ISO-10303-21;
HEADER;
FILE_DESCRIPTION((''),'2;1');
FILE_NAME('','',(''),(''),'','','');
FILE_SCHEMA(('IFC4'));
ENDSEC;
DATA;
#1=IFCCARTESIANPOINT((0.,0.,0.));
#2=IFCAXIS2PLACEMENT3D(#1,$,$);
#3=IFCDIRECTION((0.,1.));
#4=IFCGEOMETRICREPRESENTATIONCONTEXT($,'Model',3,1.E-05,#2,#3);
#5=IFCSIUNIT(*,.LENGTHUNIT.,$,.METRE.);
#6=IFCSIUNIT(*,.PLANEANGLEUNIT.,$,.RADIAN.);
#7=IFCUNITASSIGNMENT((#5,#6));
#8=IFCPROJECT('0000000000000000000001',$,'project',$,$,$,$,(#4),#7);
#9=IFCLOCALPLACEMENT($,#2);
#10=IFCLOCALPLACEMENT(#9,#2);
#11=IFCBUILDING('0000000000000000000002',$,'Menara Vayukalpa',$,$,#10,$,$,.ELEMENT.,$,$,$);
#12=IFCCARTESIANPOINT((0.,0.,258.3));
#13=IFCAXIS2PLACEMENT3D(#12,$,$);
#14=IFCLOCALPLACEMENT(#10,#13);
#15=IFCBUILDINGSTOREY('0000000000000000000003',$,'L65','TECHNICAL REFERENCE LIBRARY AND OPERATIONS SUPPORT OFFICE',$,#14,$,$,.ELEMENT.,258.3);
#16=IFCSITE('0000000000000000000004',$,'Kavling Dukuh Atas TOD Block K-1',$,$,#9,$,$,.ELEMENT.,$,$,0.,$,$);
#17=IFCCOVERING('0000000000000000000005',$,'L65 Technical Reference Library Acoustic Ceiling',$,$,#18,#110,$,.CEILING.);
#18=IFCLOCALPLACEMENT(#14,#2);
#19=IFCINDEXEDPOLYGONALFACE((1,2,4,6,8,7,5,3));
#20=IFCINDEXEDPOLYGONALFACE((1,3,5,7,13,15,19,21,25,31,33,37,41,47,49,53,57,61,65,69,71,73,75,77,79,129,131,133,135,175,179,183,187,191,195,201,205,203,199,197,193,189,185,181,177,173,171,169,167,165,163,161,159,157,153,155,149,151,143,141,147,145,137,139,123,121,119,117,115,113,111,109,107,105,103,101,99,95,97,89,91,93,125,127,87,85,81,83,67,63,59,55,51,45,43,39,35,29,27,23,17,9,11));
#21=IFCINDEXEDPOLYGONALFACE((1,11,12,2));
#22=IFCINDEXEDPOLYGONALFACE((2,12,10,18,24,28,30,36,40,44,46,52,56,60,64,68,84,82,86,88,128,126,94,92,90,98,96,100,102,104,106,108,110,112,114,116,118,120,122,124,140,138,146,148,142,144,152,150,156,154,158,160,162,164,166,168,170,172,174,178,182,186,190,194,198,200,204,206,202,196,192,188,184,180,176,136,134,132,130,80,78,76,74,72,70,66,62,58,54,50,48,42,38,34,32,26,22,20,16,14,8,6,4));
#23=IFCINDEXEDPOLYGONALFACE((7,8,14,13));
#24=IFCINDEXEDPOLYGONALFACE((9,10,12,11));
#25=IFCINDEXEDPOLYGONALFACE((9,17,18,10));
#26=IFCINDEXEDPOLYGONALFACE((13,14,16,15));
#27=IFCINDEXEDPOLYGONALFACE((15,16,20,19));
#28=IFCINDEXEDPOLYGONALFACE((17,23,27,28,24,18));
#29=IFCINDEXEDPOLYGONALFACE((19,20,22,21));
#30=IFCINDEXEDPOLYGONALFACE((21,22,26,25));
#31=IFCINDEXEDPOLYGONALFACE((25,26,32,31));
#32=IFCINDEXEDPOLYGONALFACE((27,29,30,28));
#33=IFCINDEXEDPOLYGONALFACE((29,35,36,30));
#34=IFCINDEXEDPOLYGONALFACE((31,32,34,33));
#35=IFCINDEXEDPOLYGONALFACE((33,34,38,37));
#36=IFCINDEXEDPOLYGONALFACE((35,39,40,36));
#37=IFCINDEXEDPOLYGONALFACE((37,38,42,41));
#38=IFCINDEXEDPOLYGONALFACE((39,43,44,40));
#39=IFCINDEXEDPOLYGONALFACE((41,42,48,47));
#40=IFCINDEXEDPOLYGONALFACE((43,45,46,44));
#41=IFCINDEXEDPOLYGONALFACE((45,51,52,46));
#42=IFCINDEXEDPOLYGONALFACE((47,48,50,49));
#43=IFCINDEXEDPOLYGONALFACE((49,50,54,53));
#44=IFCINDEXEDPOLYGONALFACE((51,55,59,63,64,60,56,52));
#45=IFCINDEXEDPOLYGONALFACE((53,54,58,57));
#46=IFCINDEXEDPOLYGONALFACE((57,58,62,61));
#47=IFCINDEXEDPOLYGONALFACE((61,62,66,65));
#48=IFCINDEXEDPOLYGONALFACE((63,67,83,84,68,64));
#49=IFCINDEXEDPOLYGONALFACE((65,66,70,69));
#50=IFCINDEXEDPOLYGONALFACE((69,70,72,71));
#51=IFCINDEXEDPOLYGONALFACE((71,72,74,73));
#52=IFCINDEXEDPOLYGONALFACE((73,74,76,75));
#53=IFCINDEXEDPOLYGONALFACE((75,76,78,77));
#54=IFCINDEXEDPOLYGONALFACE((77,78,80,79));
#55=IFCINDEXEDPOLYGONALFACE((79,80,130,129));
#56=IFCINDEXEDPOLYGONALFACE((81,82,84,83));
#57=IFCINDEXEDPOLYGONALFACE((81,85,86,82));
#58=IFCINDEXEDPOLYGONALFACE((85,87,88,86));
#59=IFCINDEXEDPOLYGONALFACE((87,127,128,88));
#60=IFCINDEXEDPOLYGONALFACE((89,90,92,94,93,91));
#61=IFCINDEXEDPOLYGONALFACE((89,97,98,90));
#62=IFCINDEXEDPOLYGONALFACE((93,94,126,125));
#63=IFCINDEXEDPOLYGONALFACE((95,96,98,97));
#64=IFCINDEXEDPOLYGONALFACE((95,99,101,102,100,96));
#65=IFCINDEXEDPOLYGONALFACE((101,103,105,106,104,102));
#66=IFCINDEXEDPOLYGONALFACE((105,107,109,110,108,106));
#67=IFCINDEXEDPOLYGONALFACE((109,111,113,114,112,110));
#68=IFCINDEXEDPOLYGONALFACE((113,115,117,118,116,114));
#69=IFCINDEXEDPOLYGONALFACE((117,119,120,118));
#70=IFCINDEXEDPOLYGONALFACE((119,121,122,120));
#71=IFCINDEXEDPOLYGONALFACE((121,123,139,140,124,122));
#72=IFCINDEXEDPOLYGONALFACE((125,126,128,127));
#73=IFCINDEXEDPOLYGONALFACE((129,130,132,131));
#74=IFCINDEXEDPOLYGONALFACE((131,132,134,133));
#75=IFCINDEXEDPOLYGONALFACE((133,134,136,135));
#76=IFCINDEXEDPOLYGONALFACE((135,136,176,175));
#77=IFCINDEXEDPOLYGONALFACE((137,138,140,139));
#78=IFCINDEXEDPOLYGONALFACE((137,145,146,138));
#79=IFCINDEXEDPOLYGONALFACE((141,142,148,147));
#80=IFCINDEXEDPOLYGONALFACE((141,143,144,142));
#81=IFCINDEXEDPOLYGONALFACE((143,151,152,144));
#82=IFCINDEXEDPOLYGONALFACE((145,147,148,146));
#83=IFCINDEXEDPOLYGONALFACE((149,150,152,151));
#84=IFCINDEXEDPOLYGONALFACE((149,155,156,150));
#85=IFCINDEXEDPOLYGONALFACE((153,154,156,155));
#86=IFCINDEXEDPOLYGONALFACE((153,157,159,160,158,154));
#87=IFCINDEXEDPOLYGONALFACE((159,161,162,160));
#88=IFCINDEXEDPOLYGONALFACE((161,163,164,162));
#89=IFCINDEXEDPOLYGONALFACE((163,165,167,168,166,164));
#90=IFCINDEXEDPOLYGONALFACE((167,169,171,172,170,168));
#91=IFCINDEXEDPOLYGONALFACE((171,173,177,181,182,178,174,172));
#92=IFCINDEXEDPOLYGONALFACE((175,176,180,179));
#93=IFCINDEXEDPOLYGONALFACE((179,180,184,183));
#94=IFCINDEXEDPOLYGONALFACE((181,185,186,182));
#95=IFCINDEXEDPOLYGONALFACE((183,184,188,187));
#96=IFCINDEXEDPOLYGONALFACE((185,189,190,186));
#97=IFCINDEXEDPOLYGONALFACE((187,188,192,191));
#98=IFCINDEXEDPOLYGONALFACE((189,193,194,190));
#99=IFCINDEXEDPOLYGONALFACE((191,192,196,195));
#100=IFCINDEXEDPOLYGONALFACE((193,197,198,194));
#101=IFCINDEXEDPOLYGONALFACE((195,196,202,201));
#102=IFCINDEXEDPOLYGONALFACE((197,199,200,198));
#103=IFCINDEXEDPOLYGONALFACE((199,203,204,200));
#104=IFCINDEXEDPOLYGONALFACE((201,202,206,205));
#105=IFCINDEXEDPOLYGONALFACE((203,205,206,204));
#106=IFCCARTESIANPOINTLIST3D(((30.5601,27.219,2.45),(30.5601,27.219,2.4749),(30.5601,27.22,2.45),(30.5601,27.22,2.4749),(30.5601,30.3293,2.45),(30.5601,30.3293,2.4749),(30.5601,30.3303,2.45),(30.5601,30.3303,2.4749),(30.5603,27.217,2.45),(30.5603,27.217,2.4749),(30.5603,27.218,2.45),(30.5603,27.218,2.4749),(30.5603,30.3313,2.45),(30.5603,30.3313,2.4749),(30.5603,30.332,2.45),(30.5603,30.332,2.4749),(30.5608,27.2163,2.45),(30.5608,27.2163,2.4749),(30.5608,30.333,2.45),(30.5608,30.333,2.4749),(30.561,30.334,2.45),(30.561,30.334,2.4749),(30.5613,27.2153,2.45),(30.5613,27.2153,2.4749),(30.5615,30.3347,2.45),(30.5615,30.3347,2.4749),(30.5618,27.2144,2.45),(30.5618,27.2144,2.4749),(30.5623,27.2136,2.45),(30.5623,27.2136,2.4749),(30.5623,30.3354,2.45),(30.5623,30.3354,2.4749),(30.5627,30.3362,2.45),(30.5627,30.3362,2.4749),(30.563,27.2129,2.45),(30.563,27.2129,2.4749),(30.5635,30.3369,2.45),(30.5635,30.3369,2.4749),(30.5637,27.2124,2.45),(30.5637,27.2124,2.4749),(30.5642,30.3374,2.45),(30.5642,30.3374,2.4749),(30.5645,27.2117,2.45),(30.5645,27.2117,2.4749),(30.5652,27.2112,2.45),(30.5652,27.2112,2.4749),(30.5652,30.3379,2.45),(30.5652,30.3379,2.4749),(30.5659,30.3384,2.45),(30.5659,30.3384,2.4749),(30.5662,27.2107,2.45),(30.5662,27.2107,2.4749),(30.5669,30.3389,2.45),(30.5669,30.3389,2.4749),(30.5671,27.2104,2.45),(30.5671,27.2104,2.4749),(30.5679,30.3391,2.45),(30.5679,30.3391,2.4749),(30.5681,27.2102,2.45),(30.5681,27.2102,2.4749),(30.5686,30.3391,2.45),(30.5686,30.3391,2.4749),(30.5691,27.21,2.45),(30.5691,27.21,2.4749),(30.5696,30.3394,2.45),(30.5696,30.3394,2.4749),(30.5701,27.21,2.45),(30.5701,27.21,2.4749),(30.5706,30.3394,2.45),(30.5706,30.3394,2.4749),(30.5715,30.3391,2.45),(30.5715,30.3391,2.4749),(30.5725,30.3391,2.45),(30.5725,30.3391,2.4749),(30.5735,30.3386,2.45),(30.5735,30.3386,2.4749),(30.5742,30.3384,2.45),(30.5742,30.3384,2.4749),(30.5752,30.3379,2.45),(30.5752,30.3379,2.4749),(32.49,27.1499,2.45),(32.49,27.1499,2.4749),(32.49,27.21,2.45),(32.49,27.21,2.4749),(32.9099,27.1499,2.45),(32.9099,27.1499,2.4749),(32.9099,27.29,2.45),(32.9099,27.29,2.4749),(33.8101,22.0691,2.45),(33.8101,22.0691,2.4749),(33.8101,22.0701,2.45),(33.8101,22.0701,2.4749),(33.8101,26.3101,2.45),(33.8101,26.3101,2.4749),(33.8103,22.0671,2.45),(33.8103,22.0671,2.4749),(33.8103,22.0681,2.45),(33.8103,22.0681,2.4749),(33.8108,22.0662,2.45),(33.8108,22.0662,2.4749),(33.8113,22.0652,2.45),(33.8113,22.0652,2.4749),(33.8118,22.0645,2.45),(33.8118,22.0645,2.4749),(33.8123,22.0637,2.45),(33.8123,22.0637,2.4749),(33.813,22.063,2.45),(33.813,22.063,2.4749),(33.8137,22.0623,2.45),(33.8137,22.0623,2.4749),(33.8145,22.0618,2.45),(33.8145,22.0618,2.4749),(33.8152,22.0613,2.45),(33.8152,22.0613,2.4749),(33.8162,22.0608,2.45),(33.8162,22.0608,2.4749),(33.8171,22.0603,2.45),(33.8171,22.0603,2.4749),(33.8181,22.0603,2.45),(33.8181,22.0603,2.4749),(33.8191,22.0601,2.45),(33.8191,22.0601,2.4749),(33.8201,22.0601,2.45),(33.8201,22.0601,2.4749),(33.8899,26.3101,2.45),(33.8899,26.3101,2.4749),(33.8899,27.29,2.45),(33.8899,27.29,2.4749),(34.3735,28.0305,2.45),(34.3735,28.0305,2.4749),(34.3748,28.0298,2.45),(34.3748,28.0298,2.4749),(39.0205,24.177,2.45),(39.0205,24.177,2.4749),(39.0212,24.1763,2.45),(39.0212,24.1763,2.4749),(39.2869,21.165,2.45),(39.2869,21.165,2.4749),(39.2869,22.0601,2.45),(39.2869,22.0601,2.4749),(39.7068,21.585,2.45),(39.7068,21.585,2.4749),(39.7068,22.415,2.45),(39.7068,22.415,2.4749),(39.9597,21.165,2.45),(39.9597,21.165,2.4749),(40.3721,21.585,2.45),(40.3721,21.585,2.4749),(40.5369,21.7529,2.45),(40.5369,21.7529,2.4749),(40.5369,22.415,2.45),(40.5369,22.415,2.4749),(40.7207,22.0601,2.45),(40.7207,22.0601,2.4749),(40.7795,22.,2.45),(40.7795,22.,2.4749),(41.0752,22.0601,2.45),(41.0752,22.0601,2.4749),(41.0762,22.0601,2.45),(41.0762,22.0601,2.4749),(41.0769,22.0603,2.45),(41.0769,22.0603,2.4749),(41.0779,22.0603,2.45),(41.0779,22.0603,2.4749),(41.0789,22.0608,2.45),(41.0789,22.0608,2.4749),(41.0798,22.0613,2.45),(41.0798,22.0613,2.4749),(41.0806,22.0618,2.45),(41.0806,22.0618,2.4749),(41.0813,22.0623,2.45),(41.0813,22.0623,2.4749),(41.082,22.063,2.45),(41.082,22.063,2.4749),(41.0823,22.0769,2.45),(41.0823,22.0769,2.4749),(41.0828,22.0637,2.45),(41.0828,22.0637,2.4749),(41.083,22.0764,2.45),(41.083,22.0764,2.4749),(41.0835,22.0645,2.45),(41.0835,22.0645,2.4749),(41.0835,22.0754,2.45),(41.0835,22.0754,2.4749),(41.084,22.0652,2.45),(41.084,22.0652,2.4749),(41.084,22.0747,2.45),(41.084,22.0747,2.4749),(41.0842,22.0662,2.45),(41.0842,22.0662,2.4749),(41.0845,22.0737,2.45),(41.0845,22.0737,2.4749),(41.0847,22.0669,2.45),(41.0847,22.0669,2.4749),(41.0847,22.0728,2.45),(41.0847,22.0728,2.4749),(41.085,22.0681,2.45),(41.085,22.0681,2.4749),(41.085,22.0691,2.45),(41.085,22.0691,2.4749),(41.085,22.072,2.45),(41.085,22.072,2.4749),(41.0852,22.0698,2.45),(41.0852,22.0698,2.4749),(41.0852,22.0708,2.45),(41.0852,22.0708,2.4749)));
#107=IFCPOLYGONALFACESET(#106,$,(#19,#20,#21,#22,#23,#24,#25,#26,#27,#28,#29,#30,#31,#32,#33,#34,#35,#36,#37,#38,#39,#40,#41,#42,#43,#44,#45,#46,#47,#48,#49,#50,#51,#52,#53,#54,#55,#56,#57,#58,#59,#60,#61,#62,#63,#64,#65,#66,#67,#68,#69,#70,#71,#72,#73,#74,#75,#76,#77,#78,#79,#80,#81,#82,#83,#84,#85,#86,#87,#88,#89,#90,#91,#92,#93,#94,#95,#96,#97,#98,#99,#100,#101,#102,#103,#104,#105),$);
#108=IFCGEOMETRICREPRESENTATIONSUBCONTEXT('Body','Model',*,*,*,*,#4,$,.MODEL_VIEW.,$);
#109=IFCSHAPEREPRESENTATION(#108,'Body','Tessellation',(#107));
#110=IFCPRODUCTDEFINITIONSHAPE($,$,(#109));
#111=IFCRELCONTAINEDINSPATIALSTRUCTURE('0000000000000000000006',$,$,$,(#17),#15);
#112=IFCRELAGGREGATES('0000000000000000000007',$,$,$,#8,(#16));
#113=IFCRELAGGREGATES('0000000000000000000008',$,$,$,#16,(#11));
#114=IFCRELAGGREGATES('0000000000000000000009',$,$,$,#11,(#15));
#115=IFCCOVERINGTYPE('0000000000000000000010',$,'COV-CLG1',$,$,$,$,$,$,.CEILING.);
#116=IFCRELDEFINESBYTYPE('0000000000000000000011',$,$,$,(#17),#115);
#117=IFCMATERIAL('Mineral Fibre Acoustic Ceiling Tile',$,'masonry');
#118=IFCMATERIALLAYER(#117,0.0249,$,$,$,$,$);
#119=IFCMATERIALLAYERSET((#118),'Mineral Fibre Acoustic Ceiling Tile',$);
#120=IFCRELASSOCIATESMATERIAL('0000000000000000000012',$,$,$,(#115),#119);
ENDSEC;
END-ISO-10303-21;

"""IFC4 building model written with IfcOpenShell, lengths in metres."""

from ifc_helpers import new_model, si_unit, direction, frame, origin, place, context, subcontext, project, spatial, polyline, outline, extrude, material, layer, layer_set, type_object, element, save


model = new_model("IFC4")

# Units and contexts
model_context = context("Model", 3, precision=1e-05, world=origin(), true_north=direction((0.0, 1.0)))
body_context = subcontext(model_context, "Body", "Model", "MODEL_VIEW")
ifc_project = project(units=[si_unit("LENGTHUNIT", "METRE"), si_unit("PLANEANGLEUNIT", "RADIAN")], contexts=[model_context])

# Site, building, storey
site_placement = place(None, origin())
site = spatial("IfcSite", under=ifc_project, at=site_placement, Name="Kavling Dukuh Atas TOD Block K-1", CompositionType="ELEMENT", RefElevation=0.0)
building_placement = place(site_placement, origin())
building = spatial("IfcBuilding", under=site, at=building_placement, Name="Menara Vayukalpa", CompositionType="ELEMENT")
storey_placement = place(building_placement, frame((0.0, 0.0, 258.3)))
storey = spatial("IfcBuildingStorey", under=building, at=storey_placement, Name="L65", Description="TECHNICAL REFERENCE LIBRARY AND OPERATIONS SUPPORT OFFICE", CompositionType="ELEMENT", Elevation=258.3)

# Covering
ifc_material_1 = material(Name="Mineral Fibre Acoustic Ceiling Tile", Category="masonry")
ifc_layer_1 = layer(ifc_material_1, 0.0249)
ifc_layer_set_1 = layer_set([ifc_layer_1], Name="Mineral Fibre Acoustic Ceiling Tile")
covering_type_1 = type_object("IfcCoveringType", Name="COV-CLG1", PredefinedType="CEILING", material=ifc_layer_set_1)
covering_1_placement = place(storey_placement, frame((0.0, 0.0, 2.45)))
element("IfcCovering", 1, at=covering_1_placement, inside=storey, type_object=covering_type_1, Name="L65 Technical Reference Library Acoustic Ceiling", PredefinedType="CEILING", context=body_context, shape_type="SweptSolid", body=[
    extrude(outline(polyline([(33.8201, 22.0601), (33.8191, 22.0601), (33.8181, 22.0603), (33.8171, 22.0603), (33.8162, 22.0608), (33.8152, 22.0613), (33.8145, 22.0618), (33.8137, 22.0623), (33.813, 22.063), (33.8123, 22.0637), (33.8118, 22.0645), (33.8113, 22.0652), (33.8108, 22.0662), (33.8103, 22.0671), (33.8103, 22.0681), (33.8101, 22.0691), (33.8101, 22.0701), (33.8101, 26.3101), (33.8899, 26.3101), (33.8899, 27.29), (32.9099, 27.29), (32.9099, 27.1499), (32.49, 27.1499), (32.49, 27.21), (30.5701, 27.21), (30.5691, 27.21), (30.5681, 27.2102), (30.5671, 27.2104), (30.5662, 27.2107), (30.5652, 27.2112), (30.5645, 27.2117), (30.5637, 27.2124), (30.563, 27.2129), (30.5623, 27.2136), (30.5618, 27.2144), (30.5613, 27.2153), (30.5608, 27.2163), (30.5603, 27.217), (30.5603, 27.218), (30.5601, 27.219), (30.5601, 27.22), (30.5601, 30.3293), (30.5601, 30.3303), (30.5603, 30.3313), (30.5603, 30.332), (30.5608, 30.333), (30.561, 30.334), (30.5615, 30.3347), (30.5623, 30.3354), (30.5627, 30.3362), (30.5635, 30.3369), (30.5642, 30.3374), (30.5652, 30.3379), (30.5659, 30.3384), (30.5669, 30.3389), (30.5679, 30.3391), (30.5686, 30.3391), (30.5696, 30.3394), (30.5706, 30.3394), (30.5715, 30.3391), (30.5725, 30.3391), (30.5735, 30.3386), (30.5742, 30.3384), (30.5752, 30.3379), (34.3735, 28.0305), (34.3748, 28.0298), (39.0205, 24.177), (39.0212, 24.1763), (41.0823, 22.0769), (41.083, 22.0764), (41.0835, 22.0754), (41.084, 22.0747), (41.0845, 22.0737), (41.0847, 22.0728), (41.085, 22.072), (41.0852, 22.0708), (41.0852, 22.0698), (41.085, 22.0691), (41.085, 22.0681), (41.0847, 22.0669), (41.0842, 22.0662), (41.084, 22.0652), (41.0835, 22.0645), (41.0828, 22.0637), (41.082, 22.063), (41.0813, 22.0623), (41.0806, 22.0618), (41.0798, 22.0613), (41.0789, 22.0608), (41.0779, 22.0603), (41.0769, 22.0603), (41.0762, 22.0601), (41.0752, 22.0601), (40.7207, 22.0601), (40.7795, 22.0), (40.5369, 21.7529), (40.5369, 22.415), (39.7068, 22.415), (39.7068, 21.585), (40.3721, 21.585), (39.9597, 21.165), (39.2869, 21.165), (39.2869, 22.0601), (33.8201, 22.0601)])), origin(), (0.0, 0.0, 1.0), 0.0249),
])

save(model, "model.ifc")
